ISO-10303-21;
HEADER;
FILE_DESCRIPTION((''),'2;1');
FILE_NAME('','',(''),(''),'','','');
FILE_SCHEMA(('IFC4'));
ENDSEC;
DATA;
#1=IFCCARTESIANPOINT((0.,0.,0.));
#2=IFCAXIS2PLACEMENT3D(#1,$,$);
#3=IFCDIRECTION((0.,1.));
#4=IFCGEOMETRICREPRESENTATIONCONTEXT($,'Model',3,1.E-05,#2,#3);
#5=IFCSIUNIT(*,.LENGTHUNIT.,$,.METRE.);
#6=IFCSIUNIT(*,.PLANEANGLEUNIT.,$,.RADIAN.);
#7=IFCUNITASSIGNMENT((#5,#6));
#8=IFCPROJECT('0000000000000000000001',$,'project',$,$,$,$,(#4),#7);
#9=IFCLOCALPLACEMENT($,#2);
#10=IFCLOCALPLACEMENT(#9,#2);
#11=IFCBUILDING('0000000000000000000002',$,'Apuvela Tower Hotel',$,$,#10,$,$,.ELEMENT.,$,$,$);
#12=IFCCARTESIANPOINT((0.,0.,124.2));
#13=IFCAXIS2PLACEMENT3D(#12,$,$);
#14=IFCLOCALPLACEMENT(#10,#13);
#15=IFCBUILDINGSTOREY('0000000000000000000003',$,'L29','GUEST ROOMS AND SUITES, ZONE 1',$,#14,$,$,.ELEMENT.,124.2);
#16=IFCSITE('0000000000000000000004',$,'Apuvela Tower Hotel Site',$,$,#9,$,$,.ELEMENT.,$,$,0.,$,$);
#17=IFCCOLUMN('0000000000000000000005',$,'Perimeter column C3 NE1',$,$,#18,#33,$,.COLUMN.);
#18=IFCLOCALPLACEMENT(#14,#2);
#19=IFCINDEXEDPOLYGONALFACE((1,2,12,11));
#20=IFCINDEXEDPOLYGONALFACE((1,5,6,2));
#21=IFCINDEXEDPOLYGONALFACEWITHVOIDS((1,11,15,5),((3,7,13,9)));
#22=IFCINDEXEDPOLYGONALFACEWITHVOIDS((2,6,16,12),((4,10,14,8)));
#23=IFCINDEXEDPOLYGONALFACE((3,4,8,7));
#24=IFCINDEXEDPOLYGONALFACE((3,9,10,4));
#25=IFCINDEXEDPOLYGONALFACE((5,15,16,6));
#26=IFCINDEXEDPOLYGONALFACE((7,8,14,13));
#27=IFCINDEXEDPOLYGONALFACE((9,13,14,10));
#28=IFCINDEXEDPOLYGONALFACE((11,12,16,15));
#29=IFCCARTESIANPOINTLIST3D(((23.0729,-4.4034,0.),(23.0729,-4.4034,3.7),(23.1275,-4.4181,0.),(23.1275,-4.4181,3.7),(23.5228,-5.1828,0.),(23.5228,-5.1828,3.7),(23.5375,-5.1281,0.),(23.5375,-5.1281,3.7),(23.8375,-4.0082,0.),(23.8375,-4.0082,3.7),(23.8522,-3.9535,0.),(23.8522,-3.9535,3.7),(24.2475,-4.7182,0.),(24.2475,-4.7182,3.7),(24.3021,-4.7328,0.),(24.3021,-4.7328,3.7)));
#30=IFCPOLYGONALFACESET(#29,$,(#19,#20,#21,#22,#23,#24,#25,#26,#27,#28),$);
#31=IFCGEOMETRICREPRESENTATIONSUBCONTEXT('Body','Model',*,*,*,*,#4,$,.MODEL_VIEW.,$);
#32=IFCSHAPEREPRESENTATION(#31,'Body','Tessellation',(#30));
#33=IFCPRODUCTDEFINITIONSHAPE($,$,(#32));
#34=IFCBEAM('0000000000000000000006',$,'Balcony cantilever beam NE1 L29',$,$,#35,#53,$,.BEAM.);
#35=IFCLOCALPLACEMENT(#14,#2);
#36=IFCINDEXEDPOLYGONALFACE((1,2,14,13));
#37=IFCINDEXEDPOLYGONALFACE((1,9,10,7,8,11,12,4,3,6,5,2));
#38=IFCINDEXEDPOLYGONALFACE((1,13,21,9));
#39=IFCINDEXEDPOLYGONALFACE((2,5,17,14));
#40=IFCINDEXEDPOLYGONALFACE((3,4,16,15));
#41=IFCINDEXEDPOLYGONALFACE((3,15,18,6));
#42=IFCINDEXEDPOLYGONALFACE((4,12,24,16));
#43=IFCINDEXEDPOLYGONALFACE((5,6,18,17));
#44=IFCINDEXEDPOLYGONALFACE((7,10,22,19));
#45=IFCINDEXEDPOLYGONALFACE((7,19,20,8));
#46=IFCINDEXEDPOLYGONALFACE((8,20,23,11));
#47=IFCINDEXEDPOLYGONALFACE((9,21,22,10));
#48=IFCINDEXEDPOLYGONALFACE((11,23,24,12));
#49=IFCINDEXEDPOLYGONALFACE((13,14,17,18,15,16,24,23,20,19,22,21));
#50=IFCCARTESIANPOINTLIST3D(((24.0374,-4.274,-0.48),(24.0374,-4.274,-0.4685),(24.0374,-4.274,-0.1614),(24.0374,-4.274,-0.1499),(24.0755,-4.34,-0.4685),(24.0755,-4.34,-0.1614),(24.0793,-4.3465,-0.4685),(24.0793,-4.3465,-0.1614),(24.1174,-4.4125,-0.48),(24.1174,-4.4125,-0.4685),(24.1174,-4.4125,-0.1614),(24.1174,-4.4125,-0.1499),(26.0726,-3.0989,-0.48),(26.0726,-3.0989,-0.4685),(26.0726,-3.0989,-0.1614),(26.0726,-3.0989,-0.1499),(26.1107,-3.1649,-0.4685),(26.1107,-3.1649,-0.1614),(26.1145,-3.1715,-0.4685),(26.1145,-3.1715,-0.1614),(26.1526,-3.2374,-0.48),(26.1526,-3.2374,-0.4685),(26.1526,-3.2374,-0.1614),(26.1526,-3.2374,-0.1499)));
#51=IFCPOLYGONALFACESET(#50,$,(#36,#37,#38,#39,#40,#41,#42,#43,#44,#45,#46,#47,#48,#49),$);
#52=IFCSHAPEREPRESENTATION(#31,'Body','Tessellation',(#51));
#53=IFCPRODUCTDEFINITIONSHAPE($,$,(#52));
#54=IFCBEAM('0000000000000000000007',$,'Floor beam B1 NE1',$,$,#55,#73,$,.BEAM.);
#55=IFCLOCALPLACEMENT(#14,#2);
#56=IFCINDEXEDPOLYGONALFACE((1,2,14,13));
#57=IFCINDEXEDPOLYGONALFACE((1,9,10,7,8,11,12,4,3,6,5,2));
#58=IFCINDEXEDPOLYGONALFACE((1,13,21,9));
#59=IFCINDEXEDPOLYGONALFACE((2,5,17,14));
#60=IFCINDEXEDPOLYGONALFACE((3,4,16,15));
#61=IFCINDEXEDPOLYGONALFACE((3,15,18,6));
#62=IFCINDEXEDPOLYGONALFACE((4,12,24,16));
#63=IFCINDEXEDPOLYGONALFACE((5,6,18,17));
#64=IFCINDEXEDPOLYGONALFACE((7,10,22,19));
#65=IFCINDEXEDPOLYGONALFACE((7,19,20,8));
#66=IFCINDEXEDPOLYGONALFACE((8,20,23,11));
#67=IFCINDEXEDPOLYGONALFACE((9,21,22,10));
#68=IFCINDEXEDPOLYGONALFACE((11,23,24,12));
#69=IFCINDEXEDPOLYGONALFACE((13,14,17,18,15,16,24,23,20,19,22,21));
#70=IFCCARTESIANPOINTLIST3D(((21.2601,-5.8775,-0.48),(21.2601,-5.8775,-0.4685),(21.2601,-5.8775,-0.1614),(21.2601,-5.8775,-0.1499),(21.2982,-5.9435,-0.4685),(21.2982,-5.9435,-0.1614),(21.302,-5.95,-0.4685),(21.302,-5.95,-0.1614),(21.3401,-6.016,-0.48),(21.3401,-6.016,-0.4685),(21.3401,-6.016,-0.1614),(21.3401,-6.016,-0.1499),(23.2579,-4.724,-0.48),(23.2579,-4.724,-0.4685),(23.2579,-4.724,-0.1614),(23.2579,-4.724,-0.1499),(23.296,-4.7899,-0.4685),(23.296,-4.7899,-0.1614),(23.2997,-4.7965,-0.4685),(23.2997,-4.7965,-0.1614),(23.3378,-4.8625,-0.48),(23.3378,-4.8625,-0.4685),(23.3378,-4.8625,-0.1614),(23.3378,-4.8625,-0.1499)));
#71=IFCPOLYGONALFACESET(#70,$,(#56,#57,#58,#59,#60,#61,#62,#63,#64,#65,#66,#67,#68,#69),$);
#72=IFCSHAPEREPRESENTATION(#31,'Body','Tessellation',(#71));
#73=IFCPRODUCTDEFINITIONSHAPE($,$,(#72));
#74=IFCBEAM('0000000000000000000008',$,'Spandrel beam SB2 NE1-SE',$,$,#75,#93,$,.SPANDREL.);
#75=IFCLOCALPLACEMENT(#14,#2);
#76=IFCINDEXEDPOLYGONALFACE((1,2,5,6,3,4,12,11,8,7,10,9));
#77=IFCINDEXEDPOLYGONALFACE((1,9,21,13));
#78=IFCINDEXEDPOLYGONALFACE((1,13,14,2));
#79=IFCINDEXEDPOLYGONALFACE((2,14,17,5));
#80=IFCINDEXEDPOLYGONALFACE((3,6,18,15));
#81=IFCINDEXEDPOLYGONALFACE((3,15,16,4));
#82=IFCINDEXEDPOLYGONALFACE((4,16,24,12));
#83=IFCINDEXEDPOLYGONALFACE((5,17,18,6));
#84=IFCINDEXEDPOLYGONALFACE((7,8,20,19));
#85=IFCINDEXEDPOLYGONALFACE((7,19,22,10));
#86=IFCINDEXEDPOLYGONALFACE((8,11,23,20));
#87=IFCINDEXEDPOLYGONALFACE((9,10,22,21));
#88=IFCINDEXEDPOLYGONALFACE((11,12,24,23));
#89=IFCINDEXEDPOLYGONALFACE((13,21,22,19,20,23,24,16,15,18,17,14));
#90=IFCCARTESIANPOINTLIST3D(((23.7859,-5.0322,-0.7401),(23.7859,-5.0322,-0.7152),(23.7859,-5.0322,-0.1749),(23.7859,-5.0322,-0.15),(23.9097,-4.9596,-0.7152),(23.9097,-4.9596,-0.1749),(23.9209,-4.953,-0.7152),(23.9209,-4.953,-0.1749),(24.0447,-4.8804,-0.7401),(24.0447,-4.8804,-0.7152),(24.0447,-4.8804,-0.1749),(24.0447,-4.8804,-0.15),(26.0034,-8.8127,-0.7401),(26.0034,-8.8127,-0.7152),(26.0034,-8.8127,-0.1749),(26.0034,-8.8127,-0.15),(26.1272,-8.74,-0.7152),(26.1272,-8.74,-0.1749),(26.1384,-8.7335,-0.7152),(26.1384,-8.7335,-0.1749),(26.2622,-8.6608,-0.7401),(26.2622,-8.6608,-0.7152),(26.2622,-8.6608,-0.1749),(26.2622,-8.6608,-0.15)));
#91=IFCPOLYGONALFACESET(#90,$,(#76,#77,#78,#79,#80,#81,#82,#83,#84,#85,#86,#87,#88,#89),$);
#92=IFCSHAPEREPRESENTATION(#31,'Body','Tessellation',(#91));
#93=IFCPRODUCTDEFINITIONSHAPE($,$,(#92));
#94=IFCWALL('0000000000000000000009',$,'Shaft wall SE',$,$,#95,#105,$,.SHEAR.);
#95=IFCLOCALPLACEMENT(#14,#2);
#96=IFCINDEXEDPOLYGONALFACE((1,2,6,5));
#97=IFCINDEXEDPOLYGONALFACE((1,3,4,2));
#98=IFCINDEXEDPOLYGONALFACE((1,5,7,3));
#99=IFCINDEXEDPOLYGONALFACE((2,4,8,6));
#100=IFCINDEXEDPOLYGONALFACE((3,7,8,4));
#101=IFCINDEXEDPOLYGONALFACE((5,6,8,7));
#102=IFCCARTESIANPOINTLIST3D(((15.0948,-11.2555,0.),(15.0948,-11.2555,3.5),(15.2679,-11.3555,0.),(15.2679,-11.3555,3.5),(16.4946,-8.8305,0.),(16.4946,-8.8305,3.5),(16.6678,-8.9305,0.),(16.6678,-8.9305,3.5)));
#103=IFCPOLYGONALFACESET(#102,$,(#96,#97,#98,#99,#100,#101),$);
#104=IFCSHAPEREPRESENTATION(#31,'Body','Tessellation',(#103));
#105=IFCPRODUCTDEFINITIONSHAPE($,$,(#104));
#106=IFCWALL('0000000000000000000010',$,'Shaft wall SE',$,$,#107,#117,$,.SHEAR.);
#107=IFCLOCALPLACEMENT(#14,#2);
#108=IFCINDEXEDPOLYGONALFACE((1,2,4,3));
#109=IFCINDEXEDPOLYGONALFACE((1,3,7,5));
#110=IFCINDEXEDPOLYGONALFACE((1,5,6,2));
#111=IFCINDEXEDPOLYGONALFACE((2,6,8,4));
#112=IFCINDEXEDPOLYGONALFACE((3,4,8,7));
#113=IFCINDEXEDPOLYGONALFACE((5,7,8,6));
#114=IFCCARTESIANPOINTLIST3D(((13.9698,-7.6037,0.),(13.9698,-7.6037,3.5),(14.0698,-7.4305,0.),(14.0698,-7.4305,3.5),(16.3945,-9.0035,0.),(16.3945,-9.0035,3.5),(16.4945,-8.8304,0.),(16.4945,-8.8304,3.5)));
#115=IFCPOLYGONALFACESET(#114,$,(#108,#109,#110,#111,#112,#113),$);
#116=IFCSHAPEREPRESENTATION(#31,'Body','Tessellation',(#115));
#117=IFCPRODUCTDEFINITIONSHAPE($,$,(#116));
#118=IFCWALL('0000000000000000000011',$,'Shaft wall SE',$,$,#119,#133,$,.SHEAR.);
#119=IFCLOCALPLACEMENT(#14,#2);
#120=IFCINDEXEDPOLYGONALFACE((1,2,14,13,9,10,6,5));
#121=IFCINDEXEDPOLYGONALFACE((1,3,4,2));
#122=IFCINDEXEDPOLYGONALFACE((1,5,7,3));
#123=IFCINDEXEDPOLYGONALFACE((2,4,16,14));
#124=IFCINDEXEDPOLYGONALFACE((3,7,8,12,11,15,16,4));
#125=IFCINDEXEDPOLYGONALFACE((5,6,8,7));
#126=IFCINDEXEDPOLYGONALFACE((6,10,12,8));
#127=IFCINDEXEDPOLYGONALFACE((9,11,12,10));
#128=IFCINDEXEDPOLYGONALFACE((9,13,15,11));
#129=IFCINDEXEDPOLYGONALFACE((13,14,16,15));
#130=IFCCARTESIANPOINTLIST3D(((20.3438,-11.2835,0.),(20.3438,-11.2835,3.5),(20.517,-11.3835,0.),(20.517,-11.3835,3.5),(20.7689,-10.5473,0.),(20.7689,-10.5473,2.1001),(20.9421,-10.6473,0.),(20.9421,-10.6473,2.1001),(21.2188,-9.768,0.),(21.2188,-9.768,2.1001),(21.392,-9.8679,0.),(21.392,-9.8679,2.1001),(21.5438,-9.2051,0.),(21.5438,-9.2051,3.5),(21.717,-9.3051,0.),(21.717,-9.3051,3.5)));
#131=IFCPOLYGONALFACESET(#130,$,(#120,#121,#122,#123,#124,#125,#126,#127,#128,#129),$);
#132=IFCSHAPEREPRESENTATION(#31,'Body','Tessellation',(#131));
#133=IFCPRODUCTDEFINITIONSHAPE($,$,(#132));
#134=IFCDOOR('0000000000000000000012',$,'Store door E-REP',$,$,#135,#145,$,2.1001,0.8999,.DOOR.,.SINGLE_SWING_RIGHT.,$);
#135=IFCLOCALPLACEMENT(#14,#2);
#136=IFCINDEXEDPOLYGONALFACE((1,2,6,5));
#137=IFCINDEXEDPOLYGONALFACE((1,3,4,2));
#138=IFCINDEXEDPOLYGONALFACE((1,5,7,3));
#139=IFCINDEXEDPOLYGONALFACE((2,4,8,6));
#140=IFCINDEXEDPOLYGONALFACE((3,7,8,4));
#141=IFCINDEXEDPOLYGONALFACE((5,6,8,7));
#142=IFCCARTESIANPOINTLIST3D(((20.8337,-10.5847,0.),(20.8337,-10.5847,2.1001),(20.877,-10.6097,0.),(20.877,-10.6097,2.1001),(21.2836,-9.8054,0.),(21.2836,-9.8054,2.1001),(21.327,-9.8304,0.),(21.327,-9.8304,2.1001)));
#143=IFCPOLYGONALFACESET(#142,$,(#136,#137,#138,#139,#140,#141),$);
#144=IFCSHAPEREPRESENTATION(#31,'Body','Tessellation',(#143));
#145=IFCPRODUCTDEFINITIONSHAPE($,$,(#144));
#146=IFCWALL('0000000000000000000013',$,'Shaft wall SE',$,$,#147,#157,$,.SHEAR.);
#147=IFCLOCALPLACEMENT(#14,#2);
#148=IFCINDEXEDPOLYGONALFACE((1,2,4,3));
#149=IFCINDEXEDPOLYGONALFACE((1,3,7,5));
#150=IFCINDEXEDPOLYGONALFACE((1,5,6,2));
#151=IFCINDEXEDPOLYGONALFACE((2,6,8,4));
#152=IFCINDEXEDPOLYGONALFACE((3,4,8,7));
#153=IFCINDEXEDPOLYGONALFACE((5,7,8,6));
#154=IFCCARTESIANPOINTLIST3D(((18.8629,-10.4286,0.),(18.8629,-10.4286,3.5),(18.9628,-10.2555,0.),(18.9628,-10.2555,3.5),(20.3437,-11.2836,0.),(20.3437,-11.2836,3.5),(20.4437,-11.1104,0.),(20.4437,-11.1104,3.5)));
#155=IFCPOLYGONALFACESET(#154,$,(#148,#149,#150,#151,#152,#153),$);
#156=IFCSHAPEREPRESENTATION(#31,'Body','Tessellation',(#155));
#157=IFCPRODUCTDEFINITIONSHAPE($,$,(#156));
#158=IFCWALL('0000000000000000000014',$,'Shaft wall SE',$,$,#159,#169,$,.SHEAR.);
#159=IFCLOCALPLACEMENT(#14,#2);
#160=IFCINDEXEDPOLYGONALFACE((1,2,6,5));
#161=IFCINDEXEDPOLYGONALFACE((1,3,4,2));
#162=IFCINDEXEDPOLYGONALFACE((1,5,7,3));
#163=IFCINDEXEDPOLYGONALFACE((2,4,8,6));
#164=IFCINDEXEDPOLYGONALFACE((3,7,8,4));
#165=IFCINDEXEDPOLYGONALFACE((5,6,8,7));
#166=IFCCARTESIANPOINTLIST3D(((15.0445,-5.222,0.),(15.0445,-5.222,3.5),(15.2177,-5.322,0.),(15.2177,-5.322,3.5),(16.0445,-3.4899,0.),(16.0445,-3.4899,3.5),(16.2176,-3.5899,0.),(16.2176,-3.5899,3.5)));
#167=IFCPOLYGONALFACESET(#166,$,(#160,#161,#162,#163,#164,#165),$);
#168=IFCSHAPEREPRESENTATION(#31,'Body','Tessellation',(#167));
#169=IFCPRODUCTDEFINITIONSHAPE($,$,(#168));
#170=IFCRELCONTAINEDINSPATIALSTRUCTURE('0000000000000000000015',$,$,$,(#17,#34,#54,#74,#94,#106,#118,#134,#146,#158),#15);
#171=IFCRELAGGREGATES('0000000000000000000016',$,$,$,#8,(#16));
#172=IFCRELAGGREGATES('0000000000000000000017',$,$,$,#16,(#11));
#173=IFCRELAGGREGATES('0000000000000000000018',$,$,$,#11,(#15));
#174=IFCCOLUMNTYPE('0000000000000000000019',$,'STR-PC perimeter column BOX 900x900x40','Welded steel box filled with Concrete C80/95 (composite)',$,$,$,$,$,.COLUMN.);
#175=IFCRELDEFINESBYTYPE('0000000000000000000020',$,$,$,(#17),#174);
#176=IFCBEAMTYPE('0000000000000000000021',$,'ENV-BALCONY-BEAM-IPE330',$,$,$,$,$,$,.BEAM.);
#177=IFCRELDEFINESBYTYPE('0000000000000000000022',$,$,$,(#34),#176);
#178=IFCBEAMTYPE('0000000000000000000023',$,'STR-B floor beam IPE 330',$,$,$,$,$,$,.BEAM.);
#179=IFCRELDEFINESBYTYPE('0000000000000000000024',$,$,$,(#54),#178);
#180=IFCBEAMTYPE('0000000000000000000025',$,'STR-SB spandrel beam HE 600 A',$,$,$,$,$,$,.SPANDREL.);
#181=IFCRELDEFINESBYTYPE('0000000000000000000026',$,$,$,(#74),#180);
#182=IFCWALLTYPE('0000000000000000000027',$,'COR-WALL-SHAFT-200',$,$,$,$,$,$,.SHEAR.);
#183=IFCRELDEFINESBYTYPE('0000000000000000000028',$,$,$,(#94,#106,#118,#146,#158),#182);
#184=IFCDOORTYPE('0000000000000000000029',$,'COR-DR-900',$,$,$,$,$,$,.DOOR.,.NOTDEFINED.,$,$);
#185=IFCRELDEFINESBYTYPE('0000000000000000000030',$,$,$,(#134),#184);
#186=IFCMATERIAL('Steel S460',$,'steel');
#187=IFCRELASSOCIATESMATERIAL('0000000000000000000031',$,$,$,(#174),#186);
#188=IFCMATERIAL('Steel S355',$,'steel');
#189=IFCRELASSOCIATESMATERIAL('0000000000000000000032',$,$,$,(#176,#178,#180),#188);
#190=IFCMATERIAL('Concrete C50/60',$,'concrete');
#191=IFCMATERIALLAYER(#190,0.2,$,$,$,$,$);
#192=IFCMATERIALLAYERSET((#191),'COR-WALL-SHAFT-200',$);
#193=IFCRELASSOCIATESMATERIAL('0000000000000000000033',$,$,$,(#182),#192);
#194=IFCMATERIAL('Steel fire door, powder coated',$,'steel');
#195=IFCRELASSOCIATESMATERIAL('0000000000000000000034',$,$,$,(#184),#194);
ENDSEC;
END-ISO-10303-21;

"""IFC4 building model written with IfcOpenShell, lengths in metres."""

from ifc_helpers import new_model, si_unit, direction, frame, frame_2d, origin, origin_2d, place, context, subcontext, project, spatial, rectangle, hollow_rectangle, i_section, extrude, material, layer, layer_set, material_profile, profile_set, type_object, element, fill, save


model = new_model("IFC4")

# Units and contexts
model_context = context("Model", 3, precision=1e-05, world=origin(), true_north=direction((0.0, 1.0)))
body_context = subcontext(model_context, "Body", "Model", "MODEL_VIEW")
ifc_project = project(units=[si_unit("LENGTHUNIT", "METRE"), si_unit("PLANEANGLEUNIT", "RADIAN")], contexts=[model_context])

# Site, building, storey
site_placement = place(None, origin())
site = spatial("IfcSite", under=ifc_project, at=site_placement, Name="Apuvela Tower Hotel Site", CompositionType="ELEMENT", RefElevation=0.0)
building_placement = place(site_placement, origin())
building = spatial("IfcBuilding", under=site, at=building_placement, Name="Apuvela Tower Hotel", CompositionType="ELEMENT")
storey_placement = place(building_placement, frame((0.0, 0.0, 124.2)))
storey = spatial("IfcBuildingStorey", under=building, at=storey_placement, Name="L29", Description="GUEST ROOMS AND SUITES, ZONE 1", CompositionType="ELEMENT", Elevation=124.2)

# Column
ifc_material_1 = material(Name="Steel S460", Category="steel")
ifc_material_profile_1 = material_profile(ifc_material_1, hollow_rectangle(XDim=0.8999, YDim=0.8999, WallThickness=0.04, at=origin_2d()), Name="BOX 900x900x40")
ifc_material_2 = material(Name="Concrete C80/95", Category="concrete")
ifc_material_profile_2 = material_profile(ifc_material_2, rectangle(XDim=0.8201, YDim=0.8201, at=origin_2d()), Name="Concrete C80/95 infill")
ifc_profile_set_1 = profile_set([ifc_material_profile_1, ifc_material_profile_2], Name="Steel S460")
column_type = type_object("IfcColumnType", Name="STR-PC perimeter column BOX 900x900x40", Description="Welded steel box filled with Concrete C80/95 (composite)", PredefinedType="COLUMN", material=ifc_profile_set_1)
column_placement = place(storey_placement, frame((23.6875, -4.5681, 0.0), z_axis=(0.0, 0.0, 1.0), x_axis=(-0.5, 0.866025, 0.0)))
element("IfcColumn", 1, at=column_placement, inside=storey, type_object=column_type, Name="Perimeter column C3 NE1", PredefinedType="COLUMN", context=body_context, shape_type="SweptSolid", body=[
    extrude(hollow_rectangle(XDim=0.8999, YDim=0.8999, WallThickness=0.04, at=origin_2d()), origin(), (0.0, 0.0, 1.0), 3.7),
])

# Beams
ifc_material_3 = material(Name="Steel S355", Category="steel")
ifc_material_profile_3 = material_profile(ifc_material_3, i_section(OverallWidth=0.1599, OverallDepth=0.3301, WebThickness=0.0076, FlangeThickness=0.0115, at=origin_2d()), Name="IPE 330")
ifc_profile_set_2 = profile_set([ifc_material_profile_3], Name="Steel S355")
beam_type_1 = type_object("IfcBeamType", Name="ENV-BALCONY-BEAM-IPE330", PredefinedType="BEAM", material=ifc_profile_set_2)
beam_1_placement = place(storey_placement, frame((24.0774, -4.3433, -0.3149), z_axis=(0.866016, 0.500016, 0.0), x_axis=(-0.500016, 0.866016, 0.0)))
element("IfcBeam", 2, at=beam_1_placement, inside=storey, type_object=beam_type_1, Name="Balcony cantilever beam NE1 L29", PredefinedType="BEAM", context=body_context, shape_type="SweptSolid", body=[
    extrude(i_section(OverallWidth=0.1599, OverallDepth=0.3301, WebThickness=0.0076, FlangeThickness=0.0115, at=origin_2d()), origin(), (0.0, 0.0, 1.0), 2.3501),
])
ifc_material_profile_4 = material_profile(ifc_material_3, i_section(OverallWidth=0.1599, OverallDepth=0.3301, WebThickness=0.0076, FlangeThickness=0.0115, at=origin_2d()), Name="IPE 330")
ifc_profile_set_3 = profile_set([ifc_material_profile_4], Name="Steel S355")
beam_type_2 = type_object("IfcBeamType", Name="STR-B floor beam IPE 330", PredefinedType="BEAM", material=ifc_profile_set_3)
beam_2_placement = place(storey_placement, frame((23.2979, -4.7932, -0.3149), z_axis=(-0.866001, -0.500043, 0.0), x_axis=(0.500043, -0.866001, 0.0)))
element("IfcBeam", 3, at=beam_2_placement, inside=storey, type_object=beam_type_2, Name="Floor beam B1 NE1", PredefinedType="BEAM", context=body_context, shape_type="SweptSolid", body=[
    extrude(i_section(OverallWidth=0.1599, OverallDepth=0.3301, WebThickness=0.0076, FlangeThickness=0.0115, at=origin_2d()), origin(), (0.0, 0.0, 1.0), 2.3069),
])
ifc_material_profile_5 = material_profile(ifc_material_3, i_section(OverallWidth=0.3, OverallDepth=0.5901, WebThickness=0.0129, FlangeThickness=0.0249, at=origin_2d()), Name="HE 600 A")
ifc_profile_set_4 = profile_set([ifc_material_profile_5], Name="Steel S355")
beam_type_3 = type_object("IfcBeamType", Name="STR-SB spandrel beam HE 600 A", PredefinedType="SPANDREL", material=ifc_profile_set_4)
beam_3_placement = place(storey_placement, frame((23.9153, -4.9563, -0.4451), z_axis=(0.505951, -0.862562, 0.0), x_axis=(0.862562, 0.505951, 0.0)))
element("IfcBeam", 4, at=beam_3_placement, inside=storey, type_object=beam_type_3, Name="Spandrel beam SB2 NE1-SE", PredefinedType="SPANDREL", context=body_context, shape_type="SweptSolid", body=[
    extrude(i_section(OverallWidth=0.3, OverallDepth=0.5901, WebThickness=0.0129, FlangeThickness=0.0249, at=origin_2d()), origin(), (0.0, 0.0, 1.0), 4.3828),
])

# Walls
ifc_material_4 = material(Name="Concrete C50/60", Category="concrete")
ifc_layer_1 = layer(ifc_material_4, 0.2)
ifc_layer_set_1 = layer_set([ifc_layer_1], Name="COR-WALL-SHAFT-200")
wall_type_1 = type_object("IfcWallType", Name="COR-WALL-SHAFT-200", PredefinedType="SHEAR", material=ifc_layer_set_1)
wall_1_placement = place(storey_placement, frame((15.1814, -11.3054, 0.0), z_axis=(0.0, 0.0, 1.0), x_axis=(0.499946, 0.866056, 0.0)))
element("IfcWall", 5, at=wall_1_placement, inside=storey, type_object=wall_type_1, Name="Shaft wall SE", PredefinedType="SHEAR", context=body_context, shape_type="SweptSolid", body=[
    extrude(rectangle(XDim=2.8, YDim=0.2, at=frame_2d((1.3999, 0.0))), origin(), (0.0, 0.0, 1.0), 3.5),
])
wall_2_placement = place(storey_placement, frame((14.0198, -7.5171, 0.0), z_axis=(0.0, 0.0, 1.0), x_axis=(0.866035, -0.499984, 0.0)))
element("IfcWall", 6, at=wall_2_placement, inside=storey, type_object=wall_type_1, Name="Shaft wall SE", PredefinedType="SHEAR", context=body_context, shape_type="SweptSolid", body=[
    extrude(rectangle(XDim=2.7998, YDim=0.2, at=frame_2d((1.3999, 0.0))), origin(), (0.0, 0.0, 1.0), 3.5),
])

# Wall, opening, door
wall_3_placement = place(storey_placement, frame((20.4304, -11.3335, 0.0), z_axis=(0.0, 0.0, 1.0), x_axis=(0.500001, 0.866025, 0.0)))
wall_3 = element("IfcWall", 7, at=wall_3_placement, inside=storey, type_object=wall_type_1, Name="Shaft wall SE", PredefinedType="SHEAR", context=body_context, shape_type="SweptSolid", body=[
    extrude(rectangle(XDim=2.3999, YDim=0.2, at=frame_2d((1.2, 0.0))), origin(), (0.0, 0.0, 1.0), 3.5),
])
opening_1_placement = place(wall_3_placement, frame((0.8501, 0.0, 0.0)))
opening_1 = element("IfcOpeningElement", 8, at=opening_1_placement, cuts=wall_3, PredefinedType="OPENING", context=body_context, shape_type="SweptSolid", body=[
    extrude(rectangle(XDim=0.8999, YDim=2.1001, at=frame_2d((0.45, 1.05))), frame((0.0, 0.1099, 0.0), z_axis=(0.0, -1.0, 0.0), x_axis=(1.0, 0.0, 0.0)), (0.0, 0.0, 1.0), 0.22),
])
ifc_material_5 = material(Name="Steel fire door, powder coated", Category="steel")
door_type_1 = type_object("IfcDoorType", Name="COR-DR-900", OperationType="NOTDEFINED", PredefinedType="DOOR", material=ifc_material_5)
door_1_placement = place(opening_1_placement, frame((0.8999, 0.0, 0.0), z_axis=(0.0, 0.0, 1.0), x_axis=(-1.0, 0.0, 0.0)))
door_1 = element("IfcDoor", 9, at=door_1_placement, inside=storey, type_object=door_type_1, Name="Store door E-REP", OperationType="SINGLE_SWING_RIGHT", OverallHeight=2.1001, OverallWidth=0.8999, PredefinedType="DOOR", context=body_context, shape_type="SweptSolid", body=[
    extrude(rectangle(XDim=0.8999, YDim=2.1001, at=frame_2d((0.45, 1.05))), frame((0.0, 0.0249, 0.0), z_axis=(0.0, -1.0, 0.0), x_axis=(1.0, 0.0, 0.0)), (0.0, 0.0, 1.0), 0.05),
])
fill(opening_1, door_1)

# Walls
wall_4_placement = place(storey_placement, frame((18.9128, -10.342, 0.0), z_axis=(0.0, 0.0, 1.0), x_axis=(0.866038, -0.499978, 0.0)))
element("IfcWall", 10, at=wall_4_placement, inside=storey, type_object=wall_type_1, Name="Shaft wall SE", PredefinedType="SHEAR", context=body_context, shape_type="SweptSolid", body=[
    extrude(rectangle(XDim=1.71, YDim=0.2, at=frame_2d((0.855, 0.0))), origin(), (0.0, 0.0, 1.0), 3.5),
])
for number, where, z_axis, x_axis, name in (
    (11, (15.1311, -5.272, 0.0), (0.0, 0.0, 1.0), (0.499973, 0.866041, 0.0), "Shaft wall SE"),
):
    element("IfcWall", number, at=place(storey_placement, frame(where, z_axis=z_axis, x_axis=x_axis)), inside=storey, type_object=wall_type_1, Name=name, PredefinedType="SHEAR", context=body_context, shape_type="SweptSolid", body=[
        extrude(rectangle(XDim=2.0, YDim=0.2, at=frame_2d((1.0, 0.0))), origin(), (0.0, 0.0, 1.0), 3.5),
    ])

save(model, "model.ifc")
